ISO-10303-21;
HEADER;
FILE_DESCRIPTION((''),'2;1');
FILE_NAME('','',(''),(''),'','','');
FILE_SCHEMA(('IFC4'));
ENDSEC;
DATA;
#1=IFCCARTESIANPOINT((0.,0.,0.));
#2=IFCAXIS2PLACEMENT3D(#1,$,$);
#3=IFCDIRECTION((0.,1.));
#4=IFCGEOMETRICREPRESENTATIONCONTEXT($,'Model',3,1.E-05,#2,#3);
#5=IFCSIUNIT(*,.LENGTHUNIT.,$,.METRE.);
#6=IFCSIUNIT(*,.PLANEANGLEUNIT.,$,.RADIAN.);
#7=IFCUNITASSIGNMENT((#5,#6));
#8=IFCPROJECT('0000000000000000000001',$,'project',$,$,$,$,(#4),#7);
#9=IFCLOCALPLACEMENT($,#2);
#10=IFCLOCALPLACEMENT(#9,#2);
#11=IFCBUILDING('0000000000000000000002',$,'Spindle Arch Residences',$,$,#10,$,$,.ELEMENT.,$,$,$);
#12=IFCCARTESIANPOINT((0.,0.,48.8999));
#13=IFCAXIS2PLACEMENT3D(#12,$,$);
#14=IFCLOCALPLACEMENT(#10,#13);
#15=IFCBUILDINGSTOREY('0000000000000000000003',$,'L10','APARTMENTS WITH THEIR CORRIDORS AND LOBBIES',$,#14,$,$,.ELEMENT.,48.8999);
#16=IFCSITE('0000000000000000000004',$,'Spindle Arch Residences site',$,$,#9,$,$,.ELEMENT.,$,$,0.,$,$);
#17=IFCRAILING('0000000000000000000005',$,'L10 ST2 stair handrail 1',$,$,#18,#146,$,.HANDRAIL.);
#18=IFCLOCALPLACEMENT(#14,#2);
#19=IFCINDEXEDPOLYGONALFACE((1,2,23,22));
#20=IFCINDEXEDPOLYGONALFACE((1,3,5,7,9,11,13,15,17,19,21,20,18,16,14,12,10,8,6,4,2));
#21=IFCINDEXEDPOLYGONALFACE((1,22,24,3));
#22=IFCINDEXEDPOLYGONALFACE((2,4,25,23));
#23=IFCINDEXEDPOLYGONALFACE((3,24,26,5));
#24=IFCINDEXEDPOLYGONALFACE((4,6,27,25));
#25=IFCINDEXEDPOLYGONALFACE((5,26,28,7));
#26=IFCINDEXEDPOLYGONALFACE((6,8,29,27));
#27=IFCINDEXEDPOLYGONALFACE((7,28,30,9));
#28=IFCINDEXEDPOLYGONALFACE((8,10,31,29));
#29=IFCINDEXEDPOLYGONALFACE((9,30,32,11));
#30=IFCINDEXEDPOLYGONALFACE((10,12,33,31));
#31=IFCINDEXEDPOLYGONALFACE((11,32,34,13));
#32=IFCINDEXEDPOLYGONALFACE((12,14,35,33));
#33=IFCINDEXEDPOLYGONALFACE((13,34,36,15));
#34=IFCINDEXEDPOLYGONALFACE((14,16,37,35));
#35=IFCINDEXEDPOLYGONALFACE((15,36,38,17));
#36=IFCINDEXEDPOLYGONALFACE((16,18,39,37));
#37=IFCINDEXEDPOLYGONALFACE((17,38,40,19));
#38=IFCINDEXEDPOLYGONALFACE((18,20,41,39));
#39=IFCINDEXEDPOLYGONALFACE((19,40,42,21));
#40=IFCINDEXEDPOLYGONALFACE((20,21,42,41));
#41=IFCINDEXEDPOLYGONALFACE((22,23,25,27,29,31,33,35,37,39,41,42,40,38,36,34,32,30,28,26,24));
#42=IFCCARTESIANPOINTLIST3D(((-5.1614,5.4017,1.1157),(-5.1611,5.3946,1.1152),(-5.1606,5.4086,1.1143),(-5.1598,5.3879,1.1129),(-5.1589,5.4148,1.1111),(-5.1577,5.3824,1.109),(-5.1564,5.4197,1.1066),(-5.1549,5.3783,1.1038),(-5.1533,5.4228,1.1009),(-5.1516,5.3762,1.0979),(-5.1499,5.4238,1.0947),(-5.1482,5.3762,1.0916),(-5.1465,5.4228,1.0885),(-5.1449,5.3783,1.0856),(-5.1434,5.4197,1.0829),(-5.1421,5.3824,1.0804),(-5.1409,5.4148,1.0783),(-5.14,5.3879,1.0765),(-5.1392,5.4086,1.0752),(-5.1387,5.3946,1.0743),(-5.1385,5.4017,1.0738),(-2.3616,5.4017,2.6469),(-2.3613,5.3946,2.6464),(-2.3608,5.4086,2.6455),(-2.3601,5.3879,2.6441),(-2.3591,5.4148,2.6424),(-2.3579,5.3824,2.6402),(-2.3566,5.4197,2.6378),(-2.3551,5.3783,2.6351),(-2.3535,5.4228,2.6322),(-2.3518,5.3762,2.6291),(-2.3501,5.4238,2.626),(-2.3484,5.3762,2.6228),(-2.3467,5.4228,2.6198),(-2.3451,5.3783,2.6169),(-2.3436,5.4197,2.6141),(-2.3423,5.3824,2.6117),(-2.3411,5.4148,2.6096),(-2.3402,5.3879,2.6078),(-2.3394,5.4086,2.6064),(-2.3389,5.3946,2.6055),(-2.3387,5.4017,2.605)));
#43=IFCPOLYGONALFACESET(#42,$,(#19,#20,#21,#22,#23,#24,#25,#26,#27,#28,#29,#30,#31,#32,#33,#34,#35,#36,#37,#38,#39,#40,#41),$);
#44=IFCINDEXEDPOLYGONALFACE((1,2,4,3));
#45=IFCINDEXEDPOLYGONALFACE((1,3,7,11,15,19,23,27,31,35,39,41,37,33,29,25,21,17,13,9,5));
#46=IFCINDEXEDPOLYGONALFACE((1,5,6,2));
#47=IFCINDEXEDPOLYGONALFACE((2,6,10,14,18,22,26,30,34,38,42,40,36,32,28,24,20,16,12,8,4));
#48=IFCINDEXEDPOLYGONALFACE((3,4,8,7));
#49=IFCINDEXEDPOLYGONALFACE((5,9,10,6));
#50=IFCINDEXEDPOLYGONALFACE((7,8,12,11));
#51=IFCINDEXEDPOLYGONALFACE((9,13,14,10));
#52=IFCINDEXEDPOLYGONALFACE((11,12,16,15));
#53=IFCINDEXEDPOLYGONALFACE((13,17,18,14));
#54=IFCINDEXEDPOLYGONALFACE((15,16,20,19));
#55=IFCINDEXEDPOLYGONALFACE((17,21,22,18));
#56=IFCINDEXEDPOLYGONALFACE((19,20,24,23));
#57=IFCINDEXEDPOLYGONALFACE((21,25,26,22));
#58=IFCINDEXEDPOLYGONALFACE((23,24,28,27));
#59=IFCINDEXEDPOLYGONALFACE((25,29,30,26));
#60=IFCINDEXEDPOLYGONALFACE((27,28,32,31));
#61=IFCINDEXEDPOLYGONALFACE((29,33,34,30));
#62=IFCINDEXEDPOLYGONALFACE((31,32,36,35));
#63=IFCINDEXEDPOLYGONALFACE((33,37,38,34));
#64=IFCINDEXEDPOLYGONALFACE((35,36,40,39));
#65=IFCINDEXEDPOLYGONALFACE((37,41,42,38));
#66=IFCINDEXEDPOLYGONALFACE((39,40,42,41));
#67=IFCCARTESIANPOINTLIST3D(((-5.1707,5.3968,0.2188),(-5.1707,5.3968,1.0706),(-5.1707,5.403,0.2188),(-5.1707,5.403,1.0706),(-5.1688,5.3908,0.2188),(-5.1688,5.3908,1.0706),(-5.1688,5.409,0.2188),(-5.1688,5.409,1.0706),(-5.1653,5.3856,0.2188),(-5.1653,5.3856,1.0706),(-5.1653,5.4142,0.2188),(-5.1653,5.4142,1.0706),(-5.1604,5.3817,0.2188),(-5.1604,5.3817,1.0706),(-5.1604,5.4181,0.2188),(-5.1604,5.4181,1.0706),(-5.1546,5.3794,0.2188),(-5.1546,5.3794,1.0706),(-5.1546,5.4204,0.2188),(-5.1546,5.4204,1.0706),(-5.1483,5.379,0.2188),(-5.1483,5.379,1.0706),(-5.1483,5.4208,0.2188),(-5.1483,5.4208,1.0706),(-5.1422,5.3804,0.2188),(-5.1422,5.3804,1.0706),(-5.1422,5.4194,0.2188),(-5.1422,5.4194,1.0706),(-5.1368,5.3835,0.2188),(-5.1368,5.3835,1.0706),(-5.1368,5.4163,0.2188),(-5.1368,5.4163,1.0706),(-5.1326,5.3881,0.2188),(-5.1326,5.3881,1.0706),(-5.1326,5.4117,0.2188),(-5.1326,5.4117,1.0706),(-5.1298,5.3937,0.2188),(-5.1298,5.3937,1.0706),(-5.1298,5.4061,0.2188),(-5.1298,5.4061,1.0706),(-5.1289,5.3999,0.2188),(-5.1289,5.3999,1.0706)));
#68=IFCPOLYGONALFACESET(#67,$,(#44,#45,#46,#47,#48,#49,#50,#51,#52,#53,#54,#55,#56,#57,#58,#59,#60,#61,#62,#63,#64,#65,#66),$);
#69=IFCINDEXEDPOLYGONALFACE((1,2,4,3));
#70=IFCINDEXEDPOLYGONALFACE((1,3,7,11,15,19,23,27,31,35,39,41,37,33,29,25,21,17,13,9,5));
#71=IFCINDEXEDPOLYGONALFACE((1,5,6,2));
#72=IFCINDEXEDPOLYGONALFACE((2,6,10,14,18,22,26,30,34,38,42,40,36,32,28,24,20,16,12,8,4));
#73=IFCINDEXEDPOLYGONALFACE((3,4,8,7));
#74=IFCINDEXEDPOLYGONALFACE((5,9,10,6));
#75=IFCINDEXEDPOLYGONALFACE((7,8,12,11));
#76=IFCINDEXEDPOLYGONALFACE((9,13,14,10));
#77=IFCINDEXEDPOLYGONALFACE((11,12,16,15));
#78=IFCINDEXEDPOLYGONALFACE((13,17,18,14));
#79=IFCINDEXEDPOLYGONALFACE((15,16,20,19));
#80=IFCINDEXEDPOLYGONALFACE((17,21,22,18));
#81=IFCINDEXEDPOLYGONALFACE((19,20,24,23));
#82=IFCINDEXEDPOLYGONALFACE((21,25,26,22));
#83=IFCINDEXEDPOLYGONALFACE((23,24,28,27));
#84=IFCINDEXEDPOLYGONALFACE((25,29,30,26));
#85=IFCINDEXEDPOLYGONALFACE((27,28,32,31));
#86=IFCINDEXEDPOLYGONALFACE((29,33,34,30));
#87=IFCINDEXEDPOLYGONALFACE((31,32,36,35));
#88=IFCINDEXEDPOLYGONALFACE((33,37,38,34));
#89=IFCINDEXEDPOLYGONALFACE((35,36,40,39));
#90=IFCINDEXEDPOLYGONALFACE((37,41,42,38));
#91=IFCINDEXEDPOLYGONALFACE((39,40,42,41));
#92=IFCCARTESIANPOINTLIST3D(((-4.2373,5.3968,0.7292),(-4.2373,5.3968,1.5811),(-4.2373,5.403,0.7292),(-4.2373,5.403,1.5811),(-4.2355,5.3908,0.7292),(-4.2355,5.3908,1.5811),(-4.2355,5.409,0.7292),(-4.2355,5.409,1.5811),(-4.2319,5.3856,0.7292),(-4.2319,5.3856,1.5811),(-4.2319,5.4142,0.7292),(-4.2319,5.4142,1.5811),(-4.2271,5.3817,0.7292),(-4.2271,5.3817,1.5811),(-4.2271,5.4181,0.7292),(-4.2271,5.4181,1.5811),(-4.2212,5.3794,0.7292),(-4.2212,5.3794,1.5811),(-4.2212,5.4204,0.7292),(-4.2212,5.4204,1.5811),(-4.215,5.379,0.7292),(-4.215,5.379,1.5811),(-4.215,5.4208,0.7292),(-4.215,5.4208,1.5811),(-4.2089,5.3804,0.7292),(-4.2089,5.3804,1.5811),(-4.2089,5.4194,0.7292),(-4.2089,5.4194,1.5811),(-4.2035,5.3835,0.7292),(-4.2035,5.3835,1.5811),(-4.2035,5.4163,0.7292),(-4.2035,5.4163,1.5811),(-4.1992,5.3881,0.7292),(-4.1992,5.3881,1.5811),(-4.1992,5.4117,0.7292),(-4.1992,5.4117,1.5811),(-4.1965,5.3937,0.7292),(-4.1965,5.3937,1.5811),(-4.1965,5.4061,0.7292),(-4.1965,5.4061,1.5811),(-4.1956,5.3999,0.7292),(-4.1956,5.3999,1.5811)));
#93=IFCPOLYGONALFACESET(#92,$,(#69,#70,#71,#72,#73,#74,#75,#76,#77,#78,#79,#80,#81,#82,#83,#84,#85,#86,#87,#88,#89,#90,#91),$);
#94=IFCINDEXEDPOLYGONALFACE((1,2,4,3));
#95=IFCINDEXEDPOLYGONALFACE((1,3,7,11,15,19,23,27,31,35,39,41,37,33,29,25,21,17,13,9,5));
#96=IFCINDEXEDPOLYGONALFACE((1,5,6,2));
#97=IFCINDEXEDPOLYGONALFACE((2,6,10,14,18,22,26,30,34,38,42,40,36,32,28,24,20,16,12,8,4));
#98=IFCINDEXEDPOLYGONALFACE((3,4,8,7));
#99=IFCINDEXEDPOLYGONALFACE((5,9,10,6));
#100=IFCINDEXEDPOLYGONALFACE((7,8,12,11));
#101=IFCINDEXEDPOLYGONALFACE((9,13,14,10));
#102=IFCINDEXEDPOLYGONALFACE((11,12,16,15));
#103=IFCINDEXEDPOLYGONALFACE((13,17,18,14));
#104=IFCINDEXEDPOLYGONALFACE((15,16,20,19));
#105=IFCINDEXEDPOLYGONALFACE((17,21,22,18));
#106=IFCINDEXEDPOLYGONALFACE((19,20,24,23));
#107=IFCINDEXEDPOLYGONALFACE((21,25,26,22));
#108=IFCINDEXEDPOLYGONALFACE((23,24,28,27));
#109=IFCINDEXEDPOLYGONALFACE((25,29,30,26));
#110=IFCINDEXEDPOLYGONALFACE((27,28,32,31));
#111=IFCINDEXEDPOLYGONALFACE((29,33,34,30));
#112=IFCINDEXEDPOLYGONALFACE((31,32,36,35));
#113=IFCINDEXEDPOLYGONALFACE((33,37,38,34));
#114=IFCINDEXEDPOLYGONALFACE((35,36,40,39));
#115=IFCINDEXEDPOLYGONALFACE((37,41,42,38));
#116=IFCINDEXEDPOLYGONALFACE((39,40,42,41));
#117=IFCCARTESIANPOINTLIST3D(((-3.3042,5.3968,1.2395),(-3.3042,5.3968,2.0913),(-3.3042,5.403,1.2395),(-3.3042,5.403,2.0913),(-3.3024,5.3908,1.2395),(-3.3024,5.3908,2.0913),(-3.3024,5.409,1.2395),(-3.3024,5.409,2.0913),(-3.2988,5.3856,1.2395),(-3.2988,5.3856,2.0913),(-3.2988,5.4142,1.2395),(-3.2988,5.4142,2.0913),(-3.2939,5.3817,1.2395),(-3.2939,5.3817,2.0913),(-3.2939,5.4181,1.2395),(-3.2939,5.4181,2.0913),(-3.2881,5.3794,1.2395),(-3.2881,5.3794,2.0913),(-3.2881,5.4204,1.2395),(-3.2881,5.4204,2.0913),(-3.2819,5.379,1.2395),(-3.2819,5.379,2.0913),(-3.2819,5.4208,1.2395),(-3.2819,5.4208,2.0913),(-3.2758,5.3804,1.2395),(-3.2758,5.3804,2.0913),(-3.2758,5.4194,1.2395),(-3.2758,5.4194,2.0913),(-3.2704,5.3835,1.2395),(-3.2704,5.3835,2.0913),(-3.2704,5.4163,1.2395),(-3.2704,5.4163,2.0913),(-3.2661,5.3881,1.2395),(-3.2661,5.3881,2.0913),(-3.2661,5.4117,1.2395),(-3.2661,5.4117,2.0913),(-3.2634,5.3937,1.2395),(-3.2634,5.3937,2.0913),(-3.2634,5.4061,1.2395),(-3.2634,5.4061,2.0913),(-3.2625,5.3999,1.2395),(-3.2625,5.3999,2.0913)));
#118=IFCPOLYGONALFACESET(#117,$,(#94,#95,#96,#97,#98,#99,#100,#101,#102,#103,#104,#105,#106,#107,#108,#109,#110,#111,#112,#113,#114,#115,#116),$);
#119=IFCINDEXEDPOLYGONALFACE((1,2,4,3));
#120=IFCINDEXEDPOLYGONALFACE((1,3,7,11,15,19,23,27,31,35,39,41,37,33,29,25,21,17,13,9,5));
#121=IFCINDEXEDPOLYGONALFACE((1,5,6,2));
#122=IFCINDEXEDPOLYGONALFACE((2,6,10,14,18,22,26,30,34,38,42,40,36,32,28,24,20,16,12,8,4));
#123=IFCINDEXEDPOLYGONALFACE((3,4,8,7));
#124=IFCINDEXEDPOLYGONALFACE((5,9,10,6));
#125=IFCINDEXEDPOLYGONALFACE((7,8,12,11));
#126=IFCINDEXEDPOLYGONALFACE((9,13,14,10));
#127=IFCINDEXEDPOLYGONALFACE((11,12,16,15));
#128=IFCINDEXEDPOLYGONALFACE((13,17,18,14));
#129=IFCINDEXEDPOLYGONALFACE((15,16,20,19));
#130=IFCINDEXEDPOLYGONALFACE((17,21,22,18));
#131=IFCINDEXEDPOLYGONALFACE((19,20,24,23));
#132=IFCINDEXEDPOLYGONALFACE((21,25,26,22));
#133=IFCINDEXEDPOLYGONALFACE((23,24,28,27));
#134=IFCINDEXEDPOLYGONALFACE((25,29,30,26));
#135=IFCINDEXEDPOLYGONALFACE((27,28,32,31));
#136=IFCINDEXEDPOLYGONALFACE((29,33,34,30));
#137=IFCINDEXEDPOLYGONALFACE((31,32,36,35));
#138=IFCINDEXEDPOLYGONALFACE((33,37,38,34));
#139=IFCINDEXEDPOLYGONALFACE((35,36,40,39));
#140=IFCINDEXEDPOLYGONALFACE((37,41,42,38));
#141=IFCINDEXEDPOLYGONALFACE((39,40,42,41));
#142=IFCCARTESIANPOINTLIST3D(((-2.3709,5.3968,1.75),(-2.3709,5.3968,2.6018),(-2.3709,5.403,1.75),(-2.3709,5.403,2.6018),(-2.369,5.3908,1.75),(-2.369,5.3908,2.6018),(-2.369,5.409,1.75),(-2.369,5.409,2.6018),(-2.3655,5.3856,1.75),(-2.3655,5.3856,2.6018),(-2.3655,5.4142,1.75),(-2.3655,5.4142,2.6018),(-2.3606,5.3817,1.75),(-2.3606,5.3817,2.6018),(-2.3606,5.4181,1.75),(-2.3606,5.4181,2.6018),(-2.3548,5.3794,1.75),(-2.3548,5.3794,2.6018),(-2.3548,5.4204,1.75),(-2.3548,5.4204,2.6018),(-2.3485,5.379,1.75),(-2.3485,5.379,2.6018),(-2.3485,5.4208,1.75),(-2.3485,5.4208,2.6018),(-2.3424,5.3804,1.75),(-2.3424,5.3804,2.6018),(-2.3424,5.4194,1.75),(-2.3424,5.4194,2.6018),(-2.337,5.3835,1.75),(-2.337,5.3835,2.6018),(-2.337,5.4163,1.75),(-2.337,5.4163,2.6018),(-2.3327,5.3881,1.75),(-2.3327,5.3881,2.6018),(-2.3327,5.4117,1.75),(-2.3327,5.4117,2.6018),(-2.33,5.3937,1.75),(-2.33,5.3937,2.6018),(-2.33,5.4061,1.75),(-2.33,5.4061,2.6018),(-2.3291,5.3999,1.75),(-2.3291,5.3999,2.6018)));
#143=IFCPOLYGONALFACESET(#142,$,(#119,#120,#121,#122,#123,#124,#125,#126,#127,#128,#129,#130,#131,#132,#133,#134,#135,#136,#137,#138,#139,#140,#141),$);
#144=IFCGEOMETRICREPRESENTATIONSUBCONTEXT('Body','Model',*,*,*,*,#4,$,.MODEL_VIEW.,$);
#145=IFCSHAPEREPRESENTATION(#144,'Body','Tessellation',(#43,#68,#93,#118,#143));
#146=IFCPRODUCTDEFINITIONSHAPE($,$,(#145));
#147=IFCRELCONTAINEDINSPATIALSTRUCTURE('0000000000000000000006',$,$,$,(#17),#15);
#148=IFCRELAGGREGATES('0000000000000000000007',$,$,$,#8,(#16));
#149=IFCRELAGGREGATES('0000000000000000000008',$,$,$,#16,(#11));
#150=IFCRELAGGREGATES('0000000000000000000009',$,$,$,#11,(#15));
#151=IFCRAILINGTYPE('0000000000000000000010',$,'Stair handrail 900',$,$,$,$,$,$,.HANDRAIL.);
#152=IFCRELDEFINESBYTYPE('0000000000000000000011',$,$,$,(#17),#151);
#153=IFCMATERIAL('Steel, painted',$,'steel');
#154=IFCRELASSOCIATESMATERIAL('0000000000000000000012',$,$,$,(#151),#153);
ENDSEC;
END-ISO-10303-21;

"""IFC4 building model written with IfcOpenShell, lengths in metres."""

from ifc_helpers import new_model, si_unit, direction, frame, origin, origin_2d, place, context, subcontext, project, spatial, circle, extrude, material, type_object, element, save


model = new_model("IFC4")

# Units and contexts
model_context = context("Model", 3, precision=1e-05, world=origin(), true_north=direction((0.0, 1.0)))
body_context = subcontext(model_context, "Body", "Model", "MODEL_VIEW")
ifc_project = project(units=[si_unit("LENGTHUNIT", "METRE"), si_unit("PLANEANGLEUNIT", "RADIAN")], contexts=[model_context])

# Site, building, storey
site_placement = place(None, origin())
site = spatial("IfcSite", under=ifc_project, at=site_placement, Name="Spindle Arch Residences site", CompositionType="ELEMENT", RefElevation=0.0)
building_placement = place(site_placement, origin())
building = spatial("IfcBuilding", under=site, at=building_placement, Name="Spindle Arch Residences", CompositionType="ELEMENT")
storey_placement = place(building_placement, frame((0.0, 0.0, 48.8999)))
storey = spatial("IfcBuildingStorey", under=building, at=storey_placement, Name="L10", Description="APARTMENTS WITH THEIR CORRIDORS AND LOBBIES", CompositionType="ELEMENT", Elevation=48.8999)

# Railing
ifc_material_1 = material(Name="Steel, painted", Category="steel")
railing_type_1 = type_object("IfcRailingType", Name="Stair handrail 900", PredefinedType="HANDRAIL", material=ifc_material_1)
railing_1_placement = place(storey_placement, frame((-5.1499, 5.3999, 0.2188)))
element("IfcRailing", 1, at=railing_1_placement, inside=storey, type_object=railing_type_1, Name="L10 ST2 stair handrail 1", PredefinedType="HANDRAIL", context=body_context, shape_type="SweptSolid", body=[
    extrude(circle(Radius=0.0239, at=origin_2d()), frame((0.0, 0.0, 0.876), z_axis=(0.877357, 0.0, 0.479838), x_axis=(0.0, 1.0, 0.0)), (0.0, 0.0, 1.0), 3.1912),
    extrude(circle(Radius=0.021, at=origin_2d()), origin(), (0.0, 0.0, 1.0), 0.8518),
    extrude(circle(Radius=0.021, at=origin_2d()), frame((0.9333, 0.0, 0.5105)), (0.0, 0.0, 1.0), 0.8518),
    extrude(circle(Radius=0.021, at=origin_2d()), frame((1.8665, 0.0, 1.0208)), (0.0, 0.0, 1.0), 0.8518),
    extrude(circle(Radius=0.021, at=origin_2d()), frame((2.7998, 0.0, 1.5312)), (0.0, 0.0, 1.0), 0.8518),
])

save(model, "model.ifc")
